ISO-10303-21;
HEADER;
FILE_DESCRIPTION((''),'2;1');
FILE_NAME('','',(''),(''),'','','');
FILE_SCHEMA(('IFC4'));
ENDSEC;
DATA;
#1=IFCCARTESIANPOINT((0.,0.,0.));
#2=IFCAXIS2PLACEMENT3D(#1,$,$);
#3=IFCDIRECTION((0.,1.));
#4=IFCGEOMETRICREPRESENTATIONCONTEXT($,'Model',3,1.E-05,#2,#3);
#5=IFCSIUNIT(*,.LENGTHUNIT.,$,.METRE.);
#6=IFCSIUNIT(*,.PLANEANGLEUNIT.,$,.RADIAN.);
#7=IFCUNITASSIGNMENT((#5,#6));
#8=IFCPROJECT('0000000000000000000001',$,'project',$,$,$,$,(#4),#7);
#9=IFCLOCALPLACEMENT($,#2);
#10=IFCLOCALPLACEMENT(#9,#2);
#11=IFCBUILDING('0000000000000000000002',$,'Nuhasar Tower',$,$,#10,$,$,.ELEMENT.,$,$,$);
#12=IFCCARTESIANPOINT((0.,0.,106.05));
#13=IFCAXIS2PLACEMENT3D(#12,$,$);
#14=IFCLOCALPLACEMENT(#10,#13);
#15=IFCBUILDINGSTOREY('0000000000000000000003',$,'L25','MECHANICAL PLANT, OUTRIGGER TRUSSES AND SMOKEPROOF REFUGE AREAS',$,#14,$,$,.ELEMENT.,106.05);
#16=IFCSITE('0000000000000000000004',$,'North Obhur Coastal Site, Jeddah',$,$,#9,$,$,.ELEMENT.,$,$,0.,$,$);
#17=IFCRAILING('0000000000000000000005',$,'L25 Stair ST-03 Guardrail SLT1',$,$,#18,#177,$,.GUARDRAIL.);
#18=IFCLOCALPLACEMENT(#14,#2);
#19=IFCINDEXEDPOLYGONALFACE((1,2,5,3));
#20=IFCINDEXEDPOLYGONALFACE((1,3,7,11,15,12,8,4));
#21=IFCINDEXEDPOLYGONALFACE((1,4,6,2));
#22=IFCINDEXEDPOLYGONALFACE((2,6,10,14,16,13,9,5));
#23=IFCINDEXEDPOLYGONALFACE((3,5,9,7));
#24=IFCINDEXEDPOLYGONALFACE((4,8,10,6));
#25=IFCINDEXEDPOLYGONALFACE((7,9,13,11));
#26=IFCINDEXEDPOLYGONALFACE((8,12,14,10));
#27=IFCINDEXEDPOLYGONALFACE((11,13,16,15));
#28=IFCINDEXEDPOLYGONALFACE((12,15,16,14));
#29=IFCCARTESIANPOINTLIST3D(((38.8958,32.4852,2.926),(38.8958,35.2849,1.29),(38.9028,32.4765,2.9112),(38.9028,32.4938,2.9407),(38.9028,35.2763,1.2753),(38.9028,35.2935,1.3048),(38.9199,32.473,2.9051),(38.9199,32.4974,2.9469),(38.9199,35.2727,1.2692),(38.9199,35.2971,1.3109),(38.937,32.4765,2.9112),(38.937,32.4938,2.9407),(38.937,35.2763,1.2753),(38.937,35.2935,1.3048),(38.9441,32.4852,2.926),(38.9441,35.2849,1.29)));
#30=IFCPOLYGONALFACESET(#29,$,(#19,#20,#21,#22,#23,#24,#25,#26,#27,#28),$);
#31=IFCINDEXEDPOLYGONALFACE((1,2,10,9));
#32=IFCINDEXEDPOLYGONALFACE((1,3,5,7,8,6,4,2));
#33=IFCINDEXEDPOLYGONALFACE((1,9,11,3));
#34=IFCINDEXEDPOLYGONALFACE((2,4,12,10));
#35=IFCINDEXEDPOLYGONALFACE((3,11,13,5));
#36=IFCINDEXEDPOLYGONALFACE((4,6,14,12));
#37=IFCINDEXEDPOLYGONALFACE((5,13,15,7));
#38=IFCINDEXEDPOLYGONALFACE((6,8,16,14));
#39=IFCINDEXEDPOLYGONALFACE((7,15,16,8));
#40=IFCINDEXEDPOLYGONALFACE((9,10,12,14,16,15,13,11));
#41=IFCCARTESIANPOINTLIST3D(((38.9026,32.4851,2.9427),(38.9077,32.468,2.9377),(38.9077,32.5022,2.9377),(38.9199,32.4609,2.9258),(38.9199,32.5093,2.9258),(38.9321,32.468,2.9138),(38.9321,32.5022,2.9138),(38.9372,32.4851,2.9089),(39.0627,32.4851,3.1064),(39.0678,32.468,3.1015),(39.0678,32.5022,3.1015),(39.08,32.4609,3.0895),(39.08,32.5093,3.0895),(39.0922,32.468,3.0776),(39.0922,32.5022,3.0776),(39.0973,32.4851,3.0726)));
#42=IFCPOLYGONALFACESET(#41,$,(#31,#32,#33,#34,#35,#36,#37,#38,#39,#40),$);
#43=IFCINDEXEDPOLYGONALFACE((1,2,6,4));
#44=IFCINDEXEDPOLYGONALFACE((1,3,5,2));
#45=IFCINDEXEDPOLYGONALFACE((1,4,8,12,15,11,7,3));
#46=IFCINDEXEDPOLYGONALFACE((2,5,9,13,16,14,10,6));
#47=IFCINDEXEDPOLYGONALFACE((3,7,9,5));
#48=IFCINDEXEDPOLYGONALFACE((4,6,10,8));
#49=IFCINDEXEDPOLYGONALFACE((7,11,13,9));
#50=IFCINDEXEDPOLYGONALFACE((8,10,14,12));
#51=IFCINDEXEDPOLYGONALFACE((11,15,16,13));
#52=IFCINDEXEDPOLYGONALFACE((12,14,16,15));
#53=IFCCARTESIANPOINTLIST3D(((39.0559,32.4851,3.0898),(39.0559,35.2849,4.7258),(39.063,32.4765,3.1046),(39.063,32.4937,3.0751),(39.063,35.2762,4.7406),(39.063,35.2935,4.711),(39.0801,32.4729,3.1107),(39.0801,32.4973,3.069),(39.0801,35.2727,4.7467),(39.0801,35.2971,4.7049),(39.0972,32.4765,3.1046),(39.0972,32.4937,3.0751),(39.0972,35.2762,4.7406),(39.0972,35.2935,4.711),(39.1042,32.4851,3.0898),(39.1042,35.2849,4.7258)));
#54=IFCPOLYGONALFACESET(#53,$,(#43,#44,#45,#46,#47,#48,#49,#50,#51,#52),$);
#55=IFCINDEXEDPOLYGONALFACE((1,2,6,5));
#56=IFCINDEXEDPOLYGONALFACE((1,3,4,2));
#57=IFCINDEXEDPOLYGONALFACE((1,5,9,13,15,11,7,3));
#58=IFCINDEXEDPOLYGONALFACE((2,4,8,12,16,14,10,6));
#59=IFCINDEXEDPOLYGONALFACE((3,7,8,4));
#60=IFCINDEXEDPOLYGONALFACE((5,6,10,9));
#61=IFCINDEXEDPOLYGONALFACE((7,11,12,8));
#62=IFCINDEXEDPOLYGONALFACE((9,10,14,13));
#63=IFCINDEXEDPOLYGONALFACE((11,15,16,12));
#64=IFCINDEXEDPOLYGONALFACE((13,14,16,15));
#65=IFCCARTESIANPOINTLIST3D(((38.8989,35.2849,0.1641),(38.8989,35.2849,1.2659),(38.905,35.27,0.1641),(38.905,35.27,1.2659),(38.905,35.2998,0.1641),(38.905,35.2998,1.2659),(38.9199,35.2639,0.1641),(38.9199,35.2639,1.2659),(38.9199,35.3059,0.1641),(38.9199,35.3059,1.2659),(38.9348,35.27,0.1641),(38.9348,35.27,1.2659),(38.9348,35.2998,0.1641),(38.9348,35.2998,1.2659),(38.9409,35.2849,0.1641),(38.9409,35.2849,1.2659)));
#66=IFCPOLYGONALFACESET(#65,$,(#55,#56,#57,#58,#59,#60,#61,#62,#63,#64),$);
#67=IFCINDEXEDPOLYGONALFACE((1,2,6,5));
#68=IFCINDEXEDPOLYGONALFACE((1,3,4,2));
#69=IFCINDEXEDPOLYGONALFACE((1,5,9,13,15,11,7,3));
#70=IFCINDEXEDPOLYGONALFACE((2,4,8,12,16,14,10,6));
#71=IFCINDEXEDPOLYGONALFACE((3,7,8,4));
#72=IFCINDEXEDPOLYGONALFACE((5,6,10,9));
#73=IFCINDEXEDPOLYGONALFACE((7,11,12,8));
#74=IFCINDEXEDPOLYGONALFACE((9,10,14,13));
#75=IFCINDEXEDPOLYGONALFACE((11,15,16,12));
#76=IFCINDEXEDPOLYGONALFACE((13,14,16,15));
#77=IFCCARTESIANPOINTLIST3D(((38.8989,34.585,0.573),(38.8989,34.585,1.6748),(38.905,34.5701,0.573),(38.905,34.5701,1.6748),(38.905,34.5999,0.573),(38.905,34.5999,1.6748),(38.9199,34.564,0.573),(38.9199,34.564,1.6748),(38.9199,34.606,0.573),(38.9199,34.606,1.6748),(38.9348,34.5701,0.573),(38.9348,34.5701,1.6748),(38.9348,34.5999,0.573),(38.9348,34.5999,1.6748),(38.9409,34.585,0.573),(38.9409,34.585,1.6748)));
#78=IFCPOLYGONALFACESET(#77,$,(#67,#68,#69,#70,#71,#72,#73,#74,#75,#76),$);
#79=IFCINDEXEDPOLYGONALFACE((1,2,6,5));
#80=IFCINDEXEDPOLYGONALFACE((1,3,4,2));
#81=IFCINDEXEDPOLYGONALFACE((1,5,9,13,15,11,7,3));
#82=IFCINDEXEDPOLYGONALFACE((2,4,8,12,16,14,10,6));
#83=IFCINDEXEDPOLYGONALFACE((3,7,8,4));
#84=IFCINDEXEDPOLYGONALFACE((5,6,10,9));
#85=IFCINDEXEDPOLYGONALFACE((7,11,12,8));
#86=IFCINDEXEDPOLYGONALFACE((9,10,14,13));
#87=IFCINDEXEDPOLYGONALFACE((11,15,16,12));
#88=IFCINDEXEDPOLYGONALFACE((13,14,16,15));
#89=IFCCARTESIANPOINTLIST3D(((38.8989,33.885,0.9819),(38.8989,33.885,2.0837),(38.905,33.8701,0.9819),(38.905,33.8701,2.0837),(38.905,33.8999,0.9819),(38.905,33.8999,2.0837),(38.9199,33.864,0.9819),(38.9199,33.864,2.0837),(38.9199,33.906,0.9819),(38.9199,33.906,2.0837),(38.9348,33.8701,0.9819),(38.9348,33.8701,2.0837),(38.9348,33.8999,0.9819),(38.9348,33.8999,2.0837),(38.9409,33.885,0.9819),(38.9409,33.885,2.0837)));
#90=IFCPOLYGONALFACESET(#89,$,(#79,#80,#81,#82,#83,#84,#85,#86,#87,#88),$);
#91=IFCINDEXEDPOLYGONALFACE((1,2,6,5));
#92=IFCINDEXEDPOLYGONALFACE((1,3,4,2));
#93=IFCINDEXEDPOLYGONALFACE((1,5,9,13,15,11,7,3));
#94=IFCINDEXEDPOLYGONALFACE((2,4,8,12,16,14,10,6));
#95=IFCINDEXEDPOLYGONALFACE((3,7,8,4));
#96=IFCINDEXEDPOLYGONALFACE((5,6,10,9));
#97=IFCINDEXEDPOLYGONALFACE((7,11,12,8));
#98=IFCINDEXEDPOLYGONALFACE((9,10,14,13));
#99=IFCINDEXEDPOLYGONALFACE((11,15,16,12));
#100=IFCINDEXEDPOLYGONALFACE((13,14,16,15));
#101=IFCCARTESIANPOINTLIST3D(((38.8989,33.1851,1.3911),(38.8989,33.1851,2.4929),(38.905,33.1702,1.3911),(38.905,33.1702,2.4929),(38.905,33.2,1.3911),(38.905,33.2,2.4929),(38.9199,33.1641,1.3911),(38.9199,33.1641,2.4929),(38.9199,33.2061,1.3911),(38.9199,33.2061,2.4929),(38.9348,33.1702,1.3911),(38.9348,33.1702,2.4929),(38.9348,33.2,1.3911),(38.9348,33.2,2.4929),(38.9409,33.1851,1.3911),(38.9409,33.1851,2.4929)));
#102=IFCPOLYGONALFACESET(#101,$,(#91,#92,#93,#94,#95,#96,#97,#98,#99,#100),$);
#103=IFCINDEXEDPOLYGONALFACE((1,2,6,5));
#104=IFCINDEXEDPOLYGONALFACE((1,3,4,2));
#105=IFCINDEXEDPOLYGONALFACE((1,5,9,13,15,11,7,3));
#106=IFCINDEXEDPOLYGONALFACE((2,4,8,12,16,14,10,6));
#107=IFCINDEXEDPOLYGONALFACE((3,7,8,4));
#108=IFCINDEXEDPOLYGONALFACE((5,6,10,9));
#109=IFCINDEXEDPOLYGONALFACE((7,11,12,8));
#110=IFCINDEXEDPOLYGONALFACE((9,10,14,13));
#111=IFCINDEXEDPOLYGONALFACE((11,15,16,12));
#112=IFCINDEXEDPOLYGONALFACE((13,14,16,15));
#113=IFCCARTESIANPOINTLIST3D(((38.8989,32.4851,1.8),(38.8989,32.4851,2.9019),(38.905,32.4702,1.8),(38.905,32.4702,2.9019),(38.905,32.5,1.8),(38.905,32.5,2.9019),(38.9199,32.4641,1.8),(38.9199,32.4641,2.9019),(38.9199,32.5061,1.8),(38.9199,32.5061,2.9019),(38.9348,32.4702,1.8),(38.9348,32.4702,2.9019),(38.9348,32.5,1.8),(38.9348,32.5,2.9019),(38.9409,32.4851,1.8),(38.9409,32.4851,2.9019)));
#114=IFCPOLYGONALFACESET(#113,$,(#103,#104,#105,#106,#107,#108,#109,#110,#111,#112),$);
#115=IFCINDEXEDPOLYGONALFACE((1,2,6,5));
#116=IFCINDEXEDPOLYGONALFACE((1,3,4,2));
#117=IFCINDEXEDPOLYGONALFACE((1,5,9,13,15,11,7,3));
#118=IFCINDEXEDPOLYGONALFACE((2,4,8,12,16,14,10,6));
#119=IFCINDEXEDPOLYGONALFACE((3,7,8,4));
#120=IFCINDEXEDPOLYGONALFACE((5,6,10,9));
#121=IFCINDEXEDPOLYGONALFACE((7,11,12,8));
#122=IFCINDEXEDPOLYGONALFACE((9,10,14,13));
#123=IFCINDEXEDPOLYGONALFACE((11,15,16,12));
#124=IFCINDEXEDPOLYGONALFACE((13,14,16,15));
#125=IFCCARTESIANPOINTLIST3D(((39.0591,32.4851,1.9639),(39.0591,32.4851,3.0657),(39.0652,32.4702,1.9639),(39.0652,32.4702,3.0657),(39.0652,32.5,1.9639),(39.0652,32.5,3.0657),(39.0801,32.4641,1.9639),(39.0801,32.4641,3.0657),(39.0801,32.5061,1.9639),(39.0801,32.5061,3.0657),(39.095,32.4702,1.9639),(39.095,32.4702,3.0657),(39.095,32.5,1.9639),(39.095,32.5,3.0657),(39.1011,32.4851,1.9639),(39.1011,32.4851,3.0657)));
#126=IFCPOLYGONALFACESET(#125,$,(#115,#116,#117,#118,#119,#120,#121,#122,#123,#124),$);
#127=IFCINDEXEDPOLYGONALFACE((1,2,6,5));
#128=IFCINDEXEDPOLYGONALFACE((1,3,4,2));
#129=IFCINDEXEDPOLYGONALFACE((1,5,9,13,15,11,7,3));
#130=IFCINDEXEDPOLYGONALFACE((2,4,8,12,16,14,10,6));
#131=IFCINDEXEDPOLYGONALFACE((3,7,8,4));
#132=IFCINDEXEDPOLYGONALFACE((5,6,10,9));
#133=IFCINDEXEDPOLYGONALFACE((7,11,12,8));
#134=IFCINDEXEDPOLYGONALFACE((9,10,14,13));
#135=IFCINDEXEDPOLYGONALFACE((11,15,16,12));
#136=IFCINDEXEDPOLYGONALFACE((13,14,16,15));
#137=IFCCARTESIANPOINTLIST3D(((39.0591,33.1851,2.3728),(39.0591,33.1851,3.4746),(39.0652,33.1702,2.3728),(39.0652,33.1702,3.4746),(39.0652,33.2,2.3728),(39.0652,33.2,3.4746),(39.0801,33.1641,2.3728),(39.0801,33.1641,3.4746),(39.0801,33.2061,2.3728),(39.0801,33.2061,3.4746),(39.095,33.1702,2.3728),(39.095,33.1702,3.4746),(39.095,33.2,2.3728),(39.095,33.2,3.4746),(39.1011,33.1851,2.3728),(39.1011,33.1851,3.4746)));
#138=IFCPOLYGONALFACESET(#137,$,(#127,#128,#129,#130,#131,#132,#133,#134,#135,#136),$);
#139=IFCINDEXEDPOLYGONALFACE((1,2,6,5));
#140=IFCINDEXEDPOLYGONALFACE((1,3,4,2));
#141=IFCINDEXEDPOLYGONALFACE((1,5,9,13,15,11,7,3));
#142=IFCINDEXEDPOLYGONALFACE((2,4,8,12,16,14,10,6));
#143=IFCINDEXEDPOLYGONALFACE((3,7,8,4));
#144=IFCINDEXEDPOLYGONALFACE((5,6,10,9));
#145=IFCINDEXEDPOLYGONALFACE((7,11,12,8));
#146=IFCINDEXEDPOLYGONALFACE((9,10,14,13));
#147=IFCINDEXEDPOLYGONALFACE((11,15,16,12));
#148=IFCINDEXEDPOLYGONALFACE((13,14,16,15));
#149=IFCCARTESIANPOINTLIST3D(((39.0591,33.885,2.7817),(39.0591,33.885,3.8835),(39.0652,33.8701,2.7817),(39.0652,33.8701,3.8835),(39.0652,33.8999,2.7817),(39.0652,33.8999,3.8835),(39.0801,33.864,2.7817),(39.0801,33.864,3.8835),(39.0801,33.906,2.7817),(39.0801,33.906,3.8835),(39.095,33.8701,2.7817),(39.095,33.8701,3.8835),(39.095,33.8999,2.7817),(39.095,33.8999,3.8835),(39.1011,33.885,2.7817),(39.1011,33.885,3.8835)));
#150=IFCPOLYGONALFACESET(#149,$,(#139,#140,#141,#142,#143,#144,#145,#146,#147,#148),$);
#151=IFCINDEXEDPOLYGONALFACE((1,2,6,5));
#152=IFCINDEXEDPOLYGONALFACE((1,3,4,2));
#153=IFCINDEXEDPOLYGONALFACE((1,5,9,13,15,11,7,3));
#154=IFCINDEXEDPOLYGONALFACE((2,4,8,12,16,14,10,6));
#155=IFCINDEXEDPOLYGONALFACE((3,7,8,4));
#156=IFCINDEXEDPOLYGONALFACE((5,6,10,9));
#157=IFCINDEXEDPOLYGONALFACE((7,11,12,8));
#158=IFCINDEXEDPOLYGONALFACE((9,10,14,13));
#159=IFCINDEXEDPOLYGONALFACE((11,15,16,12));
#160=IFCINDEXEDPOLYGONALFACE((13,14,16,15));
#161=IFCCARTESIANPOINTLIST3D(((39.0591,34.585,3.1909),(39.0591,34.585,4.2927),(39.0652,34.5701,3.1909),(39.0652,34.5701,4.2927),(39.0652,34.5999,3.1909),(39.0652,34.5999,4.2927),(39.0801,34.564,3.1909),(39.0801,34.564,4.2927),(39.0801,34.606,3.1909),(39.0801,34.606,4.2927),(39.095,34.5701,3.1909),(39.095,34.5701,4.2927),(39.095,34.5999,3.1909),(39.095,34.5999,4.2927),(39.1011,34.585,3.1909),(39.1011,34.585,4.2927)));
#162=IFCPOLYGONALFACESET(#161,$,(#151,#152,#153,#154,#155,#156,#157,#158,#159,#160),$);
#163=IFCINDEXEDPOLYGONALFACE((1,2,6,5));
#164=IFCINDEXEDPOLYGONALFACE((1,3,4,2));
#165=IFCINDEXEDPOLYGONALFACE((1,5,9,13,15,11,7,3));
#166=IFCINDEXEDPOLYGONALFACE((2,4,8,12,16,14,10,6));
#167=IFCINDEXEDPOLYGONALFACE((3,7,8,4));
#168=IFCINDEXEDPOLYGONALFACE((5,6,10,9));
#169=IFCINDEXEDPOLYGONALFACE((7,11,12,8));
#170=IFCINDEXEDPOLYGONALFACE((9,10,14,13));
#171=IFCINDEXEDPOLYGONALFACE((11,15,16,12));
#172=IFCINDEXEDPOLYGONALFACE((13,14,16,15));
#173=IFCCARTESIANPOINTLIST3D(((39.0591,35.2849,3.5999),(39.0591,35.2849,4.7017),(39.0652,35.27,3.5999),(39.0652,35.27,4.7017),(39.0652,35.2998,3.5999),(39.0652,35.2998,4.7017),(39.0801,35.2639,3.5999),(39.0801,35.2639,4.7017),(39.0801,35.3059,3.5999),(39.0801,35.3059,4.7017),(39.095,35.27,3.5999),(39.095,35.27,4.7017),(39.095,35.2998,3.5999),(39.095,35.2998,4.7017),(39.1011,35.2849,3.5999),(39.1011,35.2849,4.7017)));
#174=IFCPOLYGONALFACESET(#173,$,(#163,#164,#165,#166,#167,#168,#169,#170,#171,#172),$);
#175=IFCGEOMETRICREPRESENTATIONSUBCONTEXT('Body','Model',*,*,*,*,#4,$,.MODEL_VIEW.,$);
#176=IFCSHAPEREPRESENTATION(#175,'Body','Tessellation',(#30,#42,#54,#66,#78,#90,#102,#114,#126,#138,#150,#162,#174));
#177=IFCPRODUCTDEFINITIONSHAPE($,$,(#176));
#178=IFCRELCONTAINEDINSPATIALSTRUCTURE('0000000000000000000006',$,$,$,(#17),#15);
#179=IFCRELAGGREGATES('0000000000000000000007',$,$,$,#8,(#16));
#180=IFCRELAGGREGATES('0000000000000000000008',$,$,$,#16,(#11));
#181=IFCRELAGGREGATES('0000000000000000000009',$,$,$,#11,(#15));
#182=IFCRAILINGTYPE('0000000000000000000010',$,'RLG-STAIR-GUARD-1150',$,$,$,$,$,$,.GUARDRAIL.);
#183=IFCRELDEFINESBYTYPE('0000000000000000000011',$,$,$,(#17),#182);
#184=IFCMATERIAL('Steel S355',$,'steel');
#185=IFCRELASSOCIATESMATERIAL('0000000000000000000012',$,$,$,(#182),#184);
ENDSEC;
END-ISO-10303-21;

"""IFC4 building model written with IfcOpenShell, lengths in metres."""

from ifc_helpers import new_model, si_unit, direction, frame, origin, place, context, subcontext, project, spatial, polyline, outline, extrude, material, type_object, element, save


model = new_model("IFC4")

# Units and contexts
model_context = context("Model", 3, precision=1e-05, world=origin(), true_north=direction((0.0, 1.0)))
body_context = subcontext(model_context, "Body", "Model", "MODEL_VIEW")
ifc_project = project(units=[si_unit("LENGTHUNIT", "METRE"), si_unit("PLANEANGLEUNIT", "RADIAN")], contexts=[model_context])

# Site, building, storey
site_placement = place(None, origin())
site = spatial("IfcSite", under=ifc_project, at=site_placement, Name="North Obhur Coastal Site, Jeddah", CompositionType="ELEMENT", RefElevation=0.0)
building_placement = place(site_placement, origin())
building = spatial("IfcBuilding", under=site, at=building_placement, Name="Nuhasar Tower", CompositionType="ELEMENT")
storey_placement = place(building_placement, frame((0.0, 0.0, 106.05)))
storey = spatial("IfcBuildingStorey", under=building, at=storey_placement, Name="L25", Description="MECHANICAL PLANT, OUTRIGGER TRUSSES AND SMOKEPROOF REFUGE AREAS", CompositionType="ELEMENT", Elevation=106.05)

# Shared definitions
ifc_material_1 = material(Name="Steel S355", Category="steel")

# Railing
railing_type_1 = type_object("IfcRailingType", Name="RLG-STAIR-GUARD-1150", PredefinedType="GUARDRAIL", material=ifc_material_1)
railing_1_placement = place(storey_placement, frame((38.9199, 35.2849, 0.1641)))
element("IfcRailing", 1, at=railing_1_placement, inside=storey, type_object=railing_type_1, Name="L25 Stair ST-03 Guardrail SLT1", PredefinedType="GUARDRAIL", context=body_context, shape_type="SweptSolid", body=[
    extrude(outline(polyline([(0.0242, 0.0), (0.0171, 0.0171), (0.0, 0.0242), (-0.0171, 0.0171), (-0.0242, 0.0), (-0.0171, -0.0171), (0.0, -0.0242), (0.0171, -0.0171), (0.0242, 0.0)])), frame((0.0, 0.0, 1.126), z_axis=(0.0, -0.863407, 0.504508), x_axis=(1.0, 0.0, 0.0)), (0.0, 0.0, 1.0), 3.2427),
    extrude(outline(polyline([(0.0242, 0.0), (0.0171, 0.0171), (0.0, 0.0242), (-0.0171, 0.0171), (-0.0242, 0.0), (-0.0171, -0.0171), (0.0, -0.0242), (0.0171, -0.0171), (0.0242, 0.0)])), frame((0.0, -2.7998, 2.7617), z_axis=(0.699069, 0.0, 0.715054), x_axis=(0.0, 1.0, 0.0)), (0.0, 0.0, 1.0), 0.229),
    extrude(outline(polyline([(0.0242, 0.0), (0.0171, 0.0171), (0.0, 0.0242), (-0.0171, 0.0171), (-0.0242, 0.0), (-0.0171, -0.0171), (0.0, -0.0242), (0.0171, -0.0171), (0.0242, 0.0)])), frame((0.1602, -2.7998, 2.9258), z_axis=(0.0, 0.863407, 0.504508), x_axis=(-1.0, 0.0, 0.0)), (0.0, 0.0, 1.0), 3.2427),
    extrude(outline(polyline([(0.021, 0.0), (0.0149, 0.0149), (0.0, 0.021), (-0.0149, 0.0149), (-0.021, 0.0), (-0.0149, -0.0149), (0.0, -0.021), (0.0149, -0.0149), (0.021, 0.0)])), origin(), (0.0, 0.0, 1.0), 1.1018),
    extrude(outline(polyline([(0.021, 0.0), (0.0149, 0.0149), (0.0, 0.021), (-0.0149, 0.0149), (-0.021, 0.0), (-0.0149, -0.0149), (0.0, -0.021), (0.0149, -0.0149), (0.021, 0.0)])), frame((0.0, -0.7, 0.4089)), (0.0, 0.0, 1.0), 1.1018),
    extrude(outline(polyline([(0.021, 0.0), (0.0149, 0.0149), (0.0, 0.021), (-0.0149, 0.0149), (-0.021, 0.0), (-0.0149, -0.0149), (0.0, -0.021), (0.0149, -0.0149), (0.021, 0.0)])), frame((0.0, -1.3999, 0.8179)), (0.0, 0.0, 1.0), 1.1018),
    extrude(outline(polyline([(0.021, 0.0), (0.0149, 0.0149), (0.0, 0.021), (-0.0149, 0.0149), (-0.021, 0.0), (-0.0149, -0.0149), (0.0, -0.021), (0.0149, -0.0149), (0.021, 0.0)])), frame((0.0, -2.0999, 1.2271)), (0.0, 0.0, 1.0), 1.1018),
    extrude(outline(polyline([(0.021, 0.0), (0.0149, 0.0149), (0.0, 0.021), (-0.0149, 0.0149), (-0.021, 0.0), (-0.0149, -0.0149), (0.0, -0.021), (0.0149, -0.0149), (0.021, 0.0)])), frame((0.0, -2.7998, 1.636)), (0.0, 0.0, 1.0), 1.1018),
    extrude(outline(polyline([(0.021, 0.0), (0.0149, 0.0149), (0.0, 0.021), (-0.0149, 0.0149), (-0.021, 0.0), (-0.0149, -0.0149), (0.0, -0.021), (0.0149, -0.0149), (0.021, 0.0)])), frame((0.1602, -2.7998, 1.7998)), (0.0, 0.0, 1.0), 1.1018),
    extrude(outline(polyline([(0.021, 0.0), (0.0149, 0.0149), (0.0, 0.021), (-0.0149, 0.0149), (-0.021, 0.0), (-0.0149, -0.0149), (0.0, -0.021), (0.0149, -0.0149), (0.021, 0.0)])), frame((0.1602, -2.0999, 2.2087)), (0.0, 0.0, 1.0), 1.1018),
    extrude(outline(polyline([(0.021, 0.0), (0.0149, 0.0149), (0.0, 0.021), (-0.0149, 0.0149), (-0.021, 0.0), (-0.0149, -0.0149), (0.0, -0.021), (0.0149, -0.0149), (0.021, 0.0)])), frame((0.1602, -1.3999, 2.6177)), (0.0, 0.0, 1.0), 1.1018),
    extrude(outline(polyline([(0.021, 0.0), (0.0149, 0.0149), (0.0, 0.021), (-0.0149, 0.0149), (-0.021, 0.0), (-0.0149, -0.0149), (0.0, -0.021), (0.0149, -0.0149), (0.021, 0.0)])), frame((0.1602, -0.7, 3.0269)), (0.0, 0.0, 1.0), 1.1018),
    extrude(outline(polyline([(0.021, 0.0), (0.0149, 0.0149), (0.0, 0.021), (-0.0149, 0.0149), (-0.021, 0.0), (-0.0149, -0.0149), (0.0, -0.021), (0.0149, -0.0149), (0.021, 0.0)])), frame((0.1602, 0.0, 3.4358)), (0.0, 0.0, 1.0), 1.1018),
])

save(model, "model.ifc")
